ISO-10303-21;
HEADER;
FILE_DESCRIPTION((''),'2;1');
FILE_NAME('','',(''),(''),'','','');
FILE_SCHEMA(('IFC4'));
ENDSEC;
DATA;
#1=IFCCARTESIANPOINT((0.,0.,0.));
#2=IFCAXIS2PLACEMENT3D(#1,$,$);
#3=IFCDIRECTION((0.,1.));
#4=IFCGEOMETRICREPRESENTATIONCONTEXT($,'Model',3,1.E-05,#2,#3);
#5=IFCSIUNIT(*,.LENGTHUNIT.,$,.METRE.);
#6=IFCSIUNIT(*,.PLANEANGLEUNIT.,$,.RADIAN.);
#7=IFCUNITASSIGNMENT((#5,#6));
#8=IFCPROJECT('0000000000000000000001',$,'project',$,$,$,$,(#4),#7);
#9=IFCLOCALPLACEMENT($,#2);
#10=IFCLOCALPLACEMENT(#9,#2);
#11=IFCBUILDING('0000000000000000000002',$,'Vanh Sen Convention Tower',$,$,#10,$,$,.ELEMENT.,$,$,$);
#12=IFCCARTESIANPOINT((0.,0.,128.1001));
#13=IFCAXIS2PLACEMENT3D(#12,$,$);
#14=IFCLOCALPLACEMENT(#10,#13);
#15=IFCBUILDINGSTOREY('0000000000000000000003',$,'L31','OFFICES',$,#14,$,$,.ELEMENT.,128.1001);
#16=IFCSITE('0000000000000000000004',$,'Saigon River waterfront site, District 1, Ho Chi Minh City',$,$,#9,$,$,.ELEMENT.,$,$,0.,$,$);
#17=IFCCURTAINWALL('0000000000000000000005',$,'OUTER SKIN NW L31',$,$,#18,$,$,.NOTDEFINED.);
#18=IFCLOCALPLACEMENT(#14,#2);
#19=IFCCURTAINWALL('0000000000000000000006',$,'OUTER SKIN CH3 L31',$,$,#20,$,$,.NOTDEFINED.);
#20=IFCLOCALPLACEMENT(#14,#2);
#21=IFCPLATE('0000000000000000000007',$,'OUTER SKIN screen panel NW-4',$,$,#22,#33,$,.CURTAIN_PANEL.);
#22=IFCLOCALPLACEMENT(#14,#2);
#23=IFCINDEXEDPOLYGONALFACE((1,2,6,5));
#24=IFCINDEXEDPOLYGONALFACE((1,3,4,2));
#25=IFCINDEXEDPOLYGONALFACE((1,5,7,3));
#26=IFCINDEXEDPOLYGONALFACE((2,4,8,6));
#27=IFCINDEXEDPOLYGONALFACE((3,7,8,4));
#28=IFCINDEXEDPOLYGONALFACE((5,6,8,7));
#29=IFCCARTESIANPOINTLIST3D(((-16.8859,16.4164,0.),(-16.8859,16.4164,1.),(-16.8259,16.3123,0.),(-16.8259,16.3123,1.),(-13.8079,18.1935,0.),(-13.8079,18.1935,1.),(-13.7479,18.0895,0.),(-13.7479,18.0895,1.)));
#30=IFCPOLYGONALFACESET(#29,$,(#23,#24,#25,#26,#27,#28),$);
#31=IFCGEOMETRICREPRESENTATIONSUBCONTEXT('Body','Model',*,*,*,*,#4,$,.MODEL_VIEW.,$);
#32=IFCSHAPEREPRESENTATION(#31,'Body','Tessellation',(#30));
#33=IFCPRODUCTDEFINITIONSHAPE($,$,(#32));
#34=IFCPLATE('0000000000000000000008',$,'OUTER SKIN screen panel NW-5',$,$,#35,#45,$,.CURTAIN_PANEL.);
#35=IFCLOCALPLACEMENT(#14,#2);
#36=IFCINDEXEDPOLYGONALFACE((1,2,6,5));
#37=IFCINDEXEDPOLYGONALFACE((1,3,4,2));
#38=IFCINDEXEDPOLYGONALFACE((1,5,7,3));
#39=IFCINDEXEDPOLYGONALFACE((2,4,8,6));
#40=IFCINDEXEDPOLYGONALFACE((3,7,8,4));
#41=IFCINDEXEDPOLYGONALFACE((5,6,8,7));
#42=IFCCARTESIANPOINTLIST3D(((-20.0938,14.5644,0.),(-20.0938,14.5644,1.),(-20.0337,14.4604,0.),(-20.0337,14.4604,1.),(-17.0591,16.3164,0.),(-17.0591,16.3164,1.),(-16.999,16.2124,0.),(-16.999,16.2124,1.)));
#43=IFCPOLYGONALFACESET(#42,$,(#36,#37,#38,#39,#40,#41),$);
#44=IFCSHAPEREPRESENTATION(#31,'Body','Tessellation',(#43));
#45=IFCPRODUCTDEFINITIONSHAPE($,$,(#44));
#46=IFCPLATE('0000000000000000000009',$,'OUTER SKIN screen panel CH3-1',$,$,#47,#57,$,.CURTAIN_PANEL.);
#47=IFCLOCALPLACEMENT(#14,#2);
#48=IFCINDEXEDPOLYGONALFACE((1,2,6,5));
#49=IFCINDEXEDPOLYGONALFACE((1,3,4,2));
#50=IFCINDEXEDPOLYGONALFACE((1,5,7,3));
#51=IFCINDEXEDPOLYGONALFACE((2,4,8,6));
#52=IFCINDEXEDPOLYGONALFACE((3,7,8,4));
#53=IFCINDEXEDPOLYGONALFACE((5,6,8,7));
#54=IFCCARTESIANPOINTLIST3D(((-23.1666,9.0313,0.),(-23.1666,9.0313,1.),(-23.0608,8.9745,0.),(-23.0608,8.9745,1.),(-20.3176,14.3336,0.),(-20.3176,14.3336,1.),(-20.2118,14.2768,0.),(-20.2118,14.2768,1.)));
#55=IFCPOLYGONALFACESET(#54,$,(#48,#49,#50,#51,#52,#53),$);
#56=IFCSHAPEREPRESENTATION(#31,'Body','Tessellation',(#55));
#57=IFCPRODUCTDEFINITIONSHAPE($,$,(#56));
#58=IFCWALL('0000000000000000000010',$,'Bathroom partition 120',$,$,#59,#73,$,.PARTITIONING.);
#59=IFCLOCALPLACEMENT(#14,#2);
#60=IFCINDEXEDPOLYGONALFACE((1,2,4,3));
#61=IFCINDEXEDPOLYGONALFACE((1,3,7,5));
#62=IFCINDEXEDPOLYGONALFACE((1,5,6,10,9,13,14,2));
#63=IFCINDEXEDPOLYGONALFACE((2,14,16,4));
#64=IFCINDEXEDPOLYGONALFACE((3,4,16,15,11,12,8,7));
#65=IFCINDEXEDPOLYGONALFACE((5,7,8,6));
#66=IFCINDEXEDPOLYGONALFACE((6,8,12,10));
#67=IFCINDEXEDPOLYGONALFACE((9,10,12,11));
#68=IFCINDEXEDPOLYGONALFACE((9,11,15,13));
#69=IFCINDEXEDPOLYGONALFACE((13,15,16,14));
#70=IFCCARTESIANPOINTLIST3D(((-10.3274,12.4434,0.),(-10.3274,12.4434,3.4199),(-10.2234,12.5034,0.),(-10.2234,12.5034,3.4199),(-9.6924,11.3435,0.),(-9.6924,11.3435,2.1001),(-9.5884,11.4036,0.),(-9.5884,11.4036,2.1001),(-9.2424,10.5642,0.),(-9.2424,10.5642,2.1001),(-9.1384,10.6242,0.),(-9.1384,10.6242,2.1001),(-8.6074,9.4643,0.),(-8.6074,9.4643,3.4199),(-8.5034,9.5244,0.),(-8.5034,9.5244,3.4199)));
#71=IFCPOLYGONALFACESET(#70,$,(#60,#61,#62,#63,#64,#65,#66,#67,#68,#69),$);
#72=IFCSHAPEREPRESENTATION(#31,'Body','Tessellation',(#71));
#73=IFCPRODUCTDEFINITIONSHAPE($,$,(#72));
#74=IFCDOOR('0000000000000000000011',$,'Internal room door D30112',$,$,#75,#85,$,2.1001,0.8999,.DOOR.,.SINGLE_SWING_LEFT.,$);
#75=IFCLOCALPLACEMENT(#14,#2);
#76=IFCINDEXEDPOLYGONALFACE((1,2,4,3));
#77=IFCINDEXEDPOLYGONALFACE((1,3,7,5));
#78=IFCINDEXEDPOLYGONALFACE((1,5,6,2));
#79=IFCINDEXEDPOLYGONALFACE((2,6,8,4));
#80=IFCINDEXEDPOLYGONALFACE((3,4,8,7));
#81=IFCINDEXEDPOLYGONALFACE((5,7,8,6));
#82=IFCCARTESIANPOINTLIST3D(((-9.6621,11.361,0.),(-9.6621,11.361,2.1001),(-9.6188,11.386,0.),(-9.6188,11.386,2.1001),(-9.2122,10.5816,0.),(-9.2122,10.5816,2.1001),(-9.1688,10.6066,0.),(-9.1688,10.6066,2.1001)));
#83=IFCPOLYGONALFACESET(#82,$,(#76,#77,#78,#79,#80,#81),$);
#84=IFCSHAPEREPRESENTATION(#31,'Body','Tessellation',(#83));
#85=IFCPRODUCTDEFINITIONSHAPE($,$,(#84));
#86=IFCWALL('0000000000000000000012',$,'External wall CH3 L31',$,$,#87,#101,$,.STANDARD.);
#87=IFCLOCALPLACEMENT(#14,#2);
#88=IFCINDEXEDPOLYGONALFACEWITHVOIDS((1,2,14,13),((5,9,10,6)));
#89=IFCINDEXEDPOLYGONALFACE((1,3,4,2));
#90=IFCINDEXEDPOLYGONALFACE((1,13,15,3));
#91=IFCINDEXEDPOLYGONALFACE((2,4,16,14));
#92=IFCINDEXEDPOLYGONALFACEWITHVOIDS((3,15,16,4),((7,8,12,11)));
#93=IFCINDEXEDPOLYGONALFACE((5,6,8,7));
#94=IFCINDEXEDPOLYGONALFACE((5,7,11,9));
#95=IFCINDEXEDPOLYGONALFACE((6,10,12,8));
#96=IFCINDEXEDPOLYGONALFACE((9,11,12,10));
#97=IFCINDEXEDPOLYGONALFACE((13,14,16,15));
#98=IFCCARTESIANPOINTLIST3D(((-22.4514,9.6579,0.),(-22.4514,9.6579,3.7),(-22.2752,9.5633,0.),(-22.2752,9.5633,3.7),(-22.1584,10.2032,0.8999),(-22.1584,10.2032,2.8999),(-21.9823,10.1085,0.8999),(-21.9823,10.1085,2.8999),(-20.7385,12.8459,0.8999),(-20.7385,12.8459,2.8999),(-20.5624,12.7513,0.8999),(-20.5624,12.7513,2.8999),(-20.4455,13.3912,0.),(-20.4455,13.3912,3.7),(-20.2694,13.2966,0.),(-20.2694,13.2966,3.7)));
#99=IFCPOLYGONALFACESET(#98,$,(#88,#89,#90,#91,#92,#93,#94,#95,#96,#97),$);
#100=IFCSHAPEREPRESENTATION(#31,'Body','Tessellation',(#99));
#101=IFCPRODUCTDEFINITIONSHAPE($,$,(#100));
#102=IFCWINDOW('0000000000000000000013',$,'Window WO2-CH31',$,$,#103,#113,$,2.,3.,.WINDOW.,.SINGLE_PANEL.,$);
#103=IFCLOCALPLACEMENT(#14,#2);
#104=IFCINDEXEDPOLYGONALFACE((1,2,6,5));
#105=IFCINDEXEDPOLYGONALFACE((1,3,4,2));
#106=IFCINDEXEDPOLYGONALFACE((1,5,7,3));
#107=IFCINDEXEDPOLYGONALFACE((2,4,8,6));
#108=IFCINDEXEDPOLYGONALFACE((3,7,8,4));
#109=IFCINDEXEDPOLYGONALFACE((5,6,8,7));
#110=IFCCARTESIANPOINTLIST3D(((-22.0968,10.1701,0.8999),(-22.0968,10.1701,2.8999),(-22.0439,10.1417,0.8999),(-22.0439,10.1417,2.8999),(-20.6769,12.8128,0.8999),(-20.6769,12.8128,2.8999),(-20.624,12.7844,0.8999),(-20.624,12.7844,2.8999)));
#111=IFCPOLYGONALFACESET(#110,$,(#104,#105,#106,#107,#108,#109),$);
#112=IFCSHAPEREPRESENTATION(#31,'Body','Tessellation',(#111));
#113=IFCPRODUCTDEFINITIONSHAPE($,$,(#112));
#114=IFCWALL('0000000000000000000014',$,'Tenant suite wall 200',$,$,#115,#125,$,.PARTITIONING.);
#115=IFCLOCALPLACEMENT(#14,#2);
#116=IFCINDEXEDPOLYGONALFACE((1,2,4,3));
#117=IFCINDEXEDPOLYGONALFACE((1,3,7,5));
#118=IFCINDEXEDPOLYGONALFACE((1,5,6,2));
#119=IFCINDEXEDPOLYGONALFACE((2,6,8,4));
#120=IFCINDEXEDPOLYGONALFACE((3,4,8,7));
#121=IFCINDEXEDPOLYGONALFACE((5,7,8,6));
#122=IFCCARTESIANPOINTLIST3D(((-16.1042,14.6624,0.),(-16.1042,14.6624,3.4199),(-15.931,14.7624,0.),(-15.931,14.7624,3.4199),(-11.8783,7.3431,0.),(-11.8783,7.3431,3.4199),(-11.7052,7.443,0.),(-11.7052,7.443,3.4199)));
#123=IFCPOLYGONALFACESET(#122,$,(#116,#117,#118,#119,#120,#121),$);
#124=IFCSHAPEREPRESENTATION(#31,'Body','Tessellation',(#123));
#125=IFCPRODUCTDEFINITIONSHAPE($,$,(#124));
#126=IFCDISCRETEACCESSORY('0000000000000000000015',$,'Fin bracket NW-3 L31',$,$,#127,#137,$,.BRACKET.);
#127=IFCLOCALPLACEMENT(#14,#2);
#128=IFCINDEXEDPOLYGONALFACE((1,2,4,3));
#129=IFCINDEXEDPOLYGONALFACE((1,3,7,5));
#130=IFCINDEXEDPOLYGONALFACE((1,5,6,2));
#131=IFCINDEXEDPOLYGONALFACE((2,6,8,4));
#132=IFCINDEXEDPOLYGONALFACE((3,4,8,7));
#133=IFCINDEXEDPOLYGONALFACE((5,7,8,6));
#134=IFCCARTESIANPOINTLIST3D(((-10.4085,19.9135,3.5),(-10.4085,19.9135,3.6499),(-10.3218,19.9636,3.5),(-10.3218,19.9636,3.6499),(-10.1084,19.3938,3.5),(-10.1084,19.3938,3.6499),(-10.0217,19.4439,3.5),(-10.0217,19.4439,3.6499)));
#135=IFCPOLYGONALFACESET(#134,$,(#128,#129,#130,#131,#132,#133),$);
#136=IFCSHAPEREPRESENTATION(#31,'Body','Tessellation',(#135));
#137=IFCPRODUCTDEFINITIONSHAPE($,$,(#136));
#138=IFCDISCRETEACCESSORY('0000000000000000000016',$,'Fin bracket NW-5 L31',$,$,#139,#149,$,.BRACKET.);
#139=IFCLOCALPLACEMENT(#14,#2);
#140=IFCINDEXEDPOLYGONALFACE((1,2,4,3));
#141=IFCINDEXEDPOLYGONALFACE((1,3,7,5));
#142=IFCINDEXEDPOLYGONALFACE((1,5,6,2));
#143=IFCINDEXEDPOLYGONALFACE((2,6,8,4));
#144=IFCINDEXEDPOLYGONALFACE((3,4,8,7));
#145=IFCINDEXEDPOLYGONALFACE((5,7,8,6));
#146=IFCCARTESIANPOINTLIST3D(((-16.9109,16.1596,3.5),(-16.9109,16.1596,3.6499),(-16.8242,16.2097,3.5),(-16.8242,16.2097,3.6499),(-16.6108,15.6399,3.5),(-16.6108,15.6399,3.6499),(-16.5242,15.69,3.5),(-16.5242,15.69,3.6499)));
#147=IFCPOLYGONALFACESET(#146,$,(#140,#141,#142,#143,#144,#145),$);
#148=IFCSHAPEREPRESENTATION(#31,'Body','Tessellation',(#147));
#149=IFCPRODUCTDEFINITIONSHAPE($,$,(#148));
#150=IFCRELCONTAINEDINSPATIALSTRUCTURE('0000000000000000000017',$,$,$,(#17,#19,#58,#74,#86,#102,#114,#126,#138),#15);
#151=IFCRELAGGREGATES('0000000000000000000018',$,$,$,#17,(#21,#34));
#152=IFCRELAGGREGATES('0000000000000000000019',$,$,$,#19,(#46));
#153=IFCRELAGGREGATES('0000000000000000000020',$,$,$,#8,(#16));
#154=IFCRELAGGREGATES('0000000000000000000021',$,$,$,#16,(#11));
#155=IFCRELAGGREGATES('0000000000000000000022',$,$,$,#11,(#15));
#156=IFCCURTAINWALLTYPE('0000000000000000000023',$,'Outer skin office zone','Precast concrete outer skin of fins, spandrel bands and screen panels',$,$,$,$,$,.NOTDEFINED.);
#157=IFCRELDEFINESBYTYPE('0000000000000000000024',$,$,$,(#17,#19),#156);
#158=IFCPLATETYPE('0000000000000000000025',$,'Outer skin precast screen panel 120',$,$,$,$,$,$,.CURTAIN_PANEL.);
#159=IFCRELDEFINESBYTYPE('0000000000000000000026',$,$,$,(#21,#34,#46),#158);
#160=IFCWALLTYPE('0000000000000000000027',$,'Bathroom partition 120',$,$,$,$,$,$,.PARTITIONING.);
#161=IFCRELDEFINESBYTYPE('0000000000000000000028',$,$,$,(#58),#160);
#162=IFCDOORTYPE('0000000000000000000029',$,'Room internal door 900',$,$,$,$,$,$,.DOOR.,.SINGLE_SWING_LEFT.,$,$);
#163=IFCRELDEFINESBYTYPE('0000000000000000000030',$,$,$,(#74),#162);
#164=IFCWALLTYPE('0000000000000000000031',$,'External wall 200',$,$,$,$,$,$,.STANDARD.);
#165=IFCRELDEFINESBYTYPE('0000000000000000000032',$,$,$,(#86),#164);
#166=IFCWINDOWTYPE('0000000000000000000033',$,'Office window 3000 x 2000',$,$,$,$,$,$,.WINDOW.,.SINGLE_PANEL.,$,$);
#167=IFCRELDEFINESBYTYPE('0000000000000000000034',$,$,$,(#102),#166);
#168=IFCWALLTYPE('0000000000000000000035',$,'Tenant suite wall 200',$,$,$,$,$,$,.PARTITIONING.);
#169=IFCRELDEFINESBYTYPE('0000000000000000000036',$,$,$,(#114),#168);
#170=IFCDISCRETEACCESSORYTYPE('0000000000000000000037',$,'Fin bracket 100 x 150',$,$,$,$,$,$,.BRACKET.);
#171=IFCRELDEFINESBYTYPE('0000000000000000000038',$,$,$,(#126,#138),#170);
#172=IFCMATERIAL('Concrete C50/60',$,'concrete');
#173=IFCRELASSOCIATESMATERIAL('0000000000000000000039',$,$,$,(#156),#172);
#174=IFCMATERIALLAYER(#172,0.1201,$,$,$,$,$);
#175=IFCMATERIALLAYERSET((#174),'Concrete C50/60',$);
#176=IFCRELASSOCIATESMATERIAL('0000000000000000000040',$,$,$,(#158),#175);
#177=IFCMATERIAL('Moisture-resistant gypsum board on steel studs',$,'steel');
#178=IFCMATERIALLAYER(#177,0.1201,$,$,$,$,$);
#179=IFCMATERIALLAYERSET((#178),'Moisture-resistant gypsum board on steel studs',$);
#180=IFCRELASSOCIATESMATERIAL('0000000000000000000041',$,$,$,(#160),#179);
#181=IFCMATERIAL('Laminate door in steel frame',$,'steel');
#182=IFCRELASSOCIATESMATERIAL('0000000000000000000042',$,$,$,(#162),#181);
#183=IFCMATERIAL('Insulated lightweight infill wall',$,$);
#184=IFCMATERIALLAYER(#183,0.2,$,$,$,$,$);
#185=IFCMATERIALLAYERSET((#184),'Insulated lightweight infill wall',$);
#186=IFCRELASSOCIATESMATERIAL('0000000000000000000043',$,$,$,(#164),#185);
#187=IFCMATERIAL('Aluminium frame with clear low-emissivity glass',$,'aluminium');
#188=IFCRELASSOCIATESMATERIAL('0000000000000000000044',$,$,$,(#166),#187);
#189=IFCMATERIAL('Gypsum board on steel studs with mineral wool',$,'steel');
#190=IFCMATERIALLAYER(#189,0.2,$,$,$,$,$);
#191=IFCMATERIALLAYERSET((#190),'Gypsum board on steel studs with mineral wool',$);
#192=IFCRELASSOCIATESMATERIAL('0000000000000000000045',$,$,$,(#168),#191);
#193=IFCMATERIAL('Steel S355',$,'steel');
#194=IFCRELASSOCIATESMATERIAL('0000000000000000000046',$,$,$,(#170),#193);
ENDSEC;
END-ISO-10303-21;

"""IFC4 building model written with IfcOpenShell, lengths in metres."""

from ifc_helpers import new_model, si_unit, direction, frame, frame_2d, origin, origin_2d, place, context, subcontext, project, spatial, rectangle, extrude, material, layer, layer_set, type_object, element, fill, aggregate, save


model = new_model("IFC4")

# Units and contexts
model_context = context("Model", 3, precision=1e-05, world=origin(), true_north=direction((0.0, 1.0)))
body_context = subcontext(model_context, "Body", "Model", "MODEL_VIEW")
ifc_project = project(units=[si_unit("LENGTHUNIT", "METRE"), si_unit("PLANEANGLEUNIT", "RADIAN")], contexts=[model_context])

# Site, building, storey
site_placement = place(None, origin())
site = spatial("IfcSite", under=ifc_project, at=site_placement, Name="Saigon River waterfront site, District 1, Ho Chi Minh City", CompositionType="ELEMENT", RefElevation=0.0)
building_placement = place(site_placement, origin())
building = spatial("IfcBuilding", under=site, at=building_placement, Name="Vanh Sen Convention Tower", CompositionType="ELEMENT")
storey_placement = place(building_placement, frame((0.0, 0.0, 128.1001)))
storey = spatial("IfcBuildingStorey", under=building, at=storey_placement, Name="L31", Description="OFFICES", CompositionType="ELEMENT", Elevation=128.1001)

# Curtain wall
ifc_material_1 = material(Name="Concrete C50/60", Category="concrete")
curtain_wall_type = type_object("IfcCurtainWallType", Name="Outer skin office zone", Description="Precast concrete outer skin of fins, spandrel bands and screen panels", PredefinedType="NOTDEFINED", material=ifc_material_1)
curtain_wall_1_placement = place(storey_placement, origin())
curtain_wall_1 = element("IfcCurtainWall", 1, at=curtain_wall_1_placement, inside=storey, type_object=curtain_wall_type, Name="OUTER SKIN NW L31", PredefinedType="NOTDEFINED")

# Curtain wall
curtain_wall_2_placement = place(storey_placement, origin())
curtain_wall_2 = element("IfcCurtainWall", 2, at=curtain_wall_2_placement, inside=storey, type_object=curtain_wall_type, Name="OUTER SKIN CH3 L31", PredefinedType="NOTDEFINED")

# Plates
ifc_layer_1 = layer(ifc_material_1, 0.1201)
ifc_layer_set_1 = layer_set([ifc_layer_1], Name="Concrete C50/60")
plate_type = type_object("IfcPlateType", Name="Outer skin precast screen panel 120", PredefinedType="CURTAIN_PANEL", material=ifc_layer_set_1)
plate_1_placement = place(storey_placement, frame((-15.3169, 17.2529, 0.0), z_axis=(0.0, 0.0, 1.0), x_axis=(-0.866017, -0.500015, 0.0)))
plate_1 = element("IfcPlate", 3, at=plate_1_placement, type_object=plate_type, Name="OUTER SKIN screen panel NW-4", PredefinedType="CURTAIN_PANEL", context=body_context, shape_type="SweptSolid", body=[
    extrude(rectangle(XDim=3.5542, YDim=0.1201, at=origin_2d()), origin(), (0.0, 0.0, 1.0), 1.0),
])
plate_2_placement = place(storey_placement, frame((-18.5464, 15.3884, 0.0), z_axis=(0.0, 0.0, 1.0), x_axis=(-0.866035, -0.499983, 0.0)))
plate_2 = element("IfcPlate", 4, at=plate_2_placement, type_object=plate_type, Name="OUTER SKIN screen panel NW-5", PredefinedType="CURTAIN_PANEL", context=body_context, shape_type="SweptSolid", body=[
    extrude(rectangle(XDim=3.5042, YDim=0.1201, at=origin_2d()), origin(), (0.0, 0.0, 1.0), 1.0),
])
aggregate(curtain_wall_1, [plate_1, plate_2])
plate_3_placement = place(storey_placement, frame((-21.6892, 11.6541, 0.0), z_axis=(0.0, 0.0, 1.0), x_axis=(-0.473318, -0.880892, 0.0)))
plate_3 = element("IfcPlate", 5, at=plate_3_placement, type_object=plate_type, Name="OUTER SKIN screen panel CH3-1", PredefinedType="CURTAIN_PANEL", context=body_context, shape_type="SweptSolid", body=[
    extrude(rectangle(XDim=6.0193, YDim=0.1201, at=origin_2d()), origin(), (0.0, 0.0, 1.0), 1.0),
])
aggregate(curtain_wall_2, [plate_3])

# Wall, opening, door
ifc_material_2 = material(Name="Moisture-resistant gypsum board on steel studs", Category="steel")
ifc_layer_2 = layer(ifc_material_2, 0.1201)
ifc_layer_set_2 = layer_set([ifc_layer_2], Name="Moisture-resistant gypsum board on steel studs")
wall_type_1 = type_object("IfcWallType", Name="Bathroom partition 120", PredefinedType="PARTITIONING", material=ifc_layer_set_2)
wall_1_placement = place(storey_placement, frame((-10.2754, 12.4734, 0.0), z_axis=(0.0, 0.0, 1.0), x_axis=(0.500009, -0.86602, 0.0)))
wall_1 = element("IfcWall", 6, at=wall_1_placement, inside=storey, type_object=wall_type_1, Name="Bathroom partition 120", PredefinedType="PARTITIONING", context=body_context, shape_type="SweptSolid", body=[
    extrude(rectangle(XDim=3.4399, YDim=0.1201, at=frame_2d((1.72, 0.0))), origin(), (0.0, 0.0, 1.0), 3.4199),
])
opening_1_placement = place(wall_1_placement, frame((1.27, 0.0, 0.0)))
opening_1 = element("IfcOpeningElement", 7, at=opening_1_placement, cuts=wall_1, PredefinedType="OPENING", context=body_context, shape_type="SweptSolid", body=[
    extrude(rectangle(XDim=0.8999, YDim=2.1001, at=frame_2d((0.45, 1.05))), frame((0.0, 0.0701, 0.0), z_axis=(0.0, -1.0, 0.0), x_axis=(1.0, 0.0, 0.0)), (0.0, 0.0, 1.0), 0.1401),
])
ifc_material_3 = material(Name="Laminate door in steel frame", Category="steel")
door_type = type_object("IfcDoorType", Name="Room internal door 900", OperationType="SINGLE_SWING_LEFT", PredefinedType="DOOR", material=ifc_material_3)
door_placement = place(opening_1_placement, origin())
door = element("IfcDoor", 8, at=door_placement, inside=storey, type_object=door_type, Name="Internal room door D30112", OperationType="SINGLE_SWING_LEFT", OverallHeight=2.1001, OverallWidth=0.8999, PredefinedType="DOOR", context=body_context, shape_type="SweptSolid", body=[
    extrude(rectangle(XDim=0.8999, YDim=2.1001, at=frame_2d((0.45, 1.05))), frame((0.0, 0.0249, 0.0), z_axis=(0.0, -1.0, 0.0), x_axis=(1.0, 0.0, 0.0)), (0.0, 0.0, 1.0), 0.05),
])
fill(opening_1, door)

# Wall, opening, window
ifc_material_4 = material(Name="Insulated lightweight infill wall")
ifc_layer_3 = layer(ifc_material_4, 0.2)
ifc_layer_set_3 = layer_set([ifc_layer_3], Name="Insulated lightweight infill wall")
wall_type_2 = type_object("IfcWallType", Name="External wall 200", PredefinedType="STANDARD", material=ifc_layer_set_3)
wall_2_placement = place(storey_placement, frame((-20.3574, 13.344, 0.0), z_axis=(0.0, 0.0, 1.0), x_axis=(-0.473289, -0.880907, 0.0)))
wall_2 = element("IfcWall", 9, at=wall_2_placement, inside=storey, type_object=wall_type_2, Name="External wall CH3 L31", PredefinedType="STANDARD", context=body_context, shape_type="SweptSolid", body=[
    extrude(rectangle(XDim=4.238, YDim=0.2, at=frame_2d((2.1191, 0.0))), origin(), (0.0, 0.0, 1.0), 3.7),
])
opening_2_placement = place(wall_2_placement, frame((0.6191, 0.0, 0.8999)))
opening_2 = element("IfcOpeningElement", 10, at=opening_2_placement, cuts=wall_2, PredefinedType="OPENING", context=body_context, shape_type="SweptSolid", body=[
    extrude(rectangle(XDim=3.0, YDim=2.0, at=frame_2d((1.5, 1.0))), frame((0.0, 0.1099, 0.0), z_axis=(0.0, -1.0, 0.0), x_axis=(1.0, 0.0, 0.0)), (0.0, 0.0, 1.0), 0.22),
])
ifc_material_5 = material(Name="Aluminium frame with clear low-emissivity glass", Category="aluminium")
window_type = type_object("IfcWindowType", Name="Office window 3000 x 2000", PartitioningType="SINGLE_PANEL", PredefinedType="WINDOW", material=ifc_material_5)
window_placement = place(opening_2_placement, origin())
window = element("IfcWindow", 11, at=window_placement, inside=storey, type_object=window_type, Name="Window WO2-CH31", OverallHeight=2.0, OverallWidth=3.0, PartitioningType="SINGLE_PANEL", PredefinedType="WINDOW", context=body_context, shape_type="SweptSolid", body=[
    extrude(rectangle(XDim=3.0, YDim=2.0, at=frame_2d((1.5, 1.0))), frame((0.0, 0.03, 0.0), z_axis=(0.0, -1.0, 0.0), x_axis=(1.0, 0.0, 0.0)), (0.0, 0.0, 1.0), 0.0601),
])
fill(opening_2, window)

# Wall
ifc_material_6 = material(Name="Gypsum board on steel studs with mineral wool", Category="steel")
ifc_layer_4 = layer(ifc_material_6, 0.2)
ifc_layer_set_4 = layer_set([ifc_layer_4], Name="Gypsum board on steel studs with mineral wool")
wall_type_3 = type_object("IfcWallType", Name="Tenant suite wall 200", PredefinedType="PARTITIONING", material=ifc_layer_set_4)
wall_3_placement = place(storey_placement, frame((-16.0176, 14.7124, 0.0), z_axis=(0.0, 0.0, 1.0), x_axis=(0.500001, -0.866025, 0.0)))
element("IfcWall", 12, at=wall_3_placement, inside=storey, type_object=wall_type_3, Name="Tenant suite wall 200", PredefinedType="PARTITIONING", context=body_context, shape_type="SweptSolid", body=[
    extrude(rectangle(XDim=8.4517, YDim=0.2, at=frame_2d((4.2258, 0.0))), origin(), (0.0, 0.0, 1.0), 3.4199),
])

# Discrete accessories
ifc_material_7 = material(Name="Steel S355", Category="steel")
discrete_accessory_type = type_object("IfcDiscreteAccessoryType", Name="Fin bracket 100 x 150", PredefinedType="BRACKET", material=ifc_material_7)
for number, where, z_axis, x_axis, name in (
    (13, (-10.2151, 19.6787, 3.5), (0.0, 0.0, 1.0), (-0.5, 0.866025, 0.0), "Fin bracket NW-3 L31"),
    (14, (-16.7175, 15.9248, 3.5), (0.0, 0.0, 1.0), (-0.5, 0.866025, 0.0), "Fin bracket NW-5 L31"),
):
    element("IfcDiscreteAccessory", number, at=place(storey_placement, frame(where, z_axis=z_axis, x_axis=x_axis)), inside=storey, type_object=discrete_accessory_type, Name=name, PredefinedType="BRACKET", context=body_context, shape_type="SweptSolid", body=[
        extrude(rectangle(XDim=0.6001, YDim=0.1001, at=origin_2d()), origin(), (0.0, 0.0, 1.0), 0.1499),
    ])

save(model, "model.ifc")
